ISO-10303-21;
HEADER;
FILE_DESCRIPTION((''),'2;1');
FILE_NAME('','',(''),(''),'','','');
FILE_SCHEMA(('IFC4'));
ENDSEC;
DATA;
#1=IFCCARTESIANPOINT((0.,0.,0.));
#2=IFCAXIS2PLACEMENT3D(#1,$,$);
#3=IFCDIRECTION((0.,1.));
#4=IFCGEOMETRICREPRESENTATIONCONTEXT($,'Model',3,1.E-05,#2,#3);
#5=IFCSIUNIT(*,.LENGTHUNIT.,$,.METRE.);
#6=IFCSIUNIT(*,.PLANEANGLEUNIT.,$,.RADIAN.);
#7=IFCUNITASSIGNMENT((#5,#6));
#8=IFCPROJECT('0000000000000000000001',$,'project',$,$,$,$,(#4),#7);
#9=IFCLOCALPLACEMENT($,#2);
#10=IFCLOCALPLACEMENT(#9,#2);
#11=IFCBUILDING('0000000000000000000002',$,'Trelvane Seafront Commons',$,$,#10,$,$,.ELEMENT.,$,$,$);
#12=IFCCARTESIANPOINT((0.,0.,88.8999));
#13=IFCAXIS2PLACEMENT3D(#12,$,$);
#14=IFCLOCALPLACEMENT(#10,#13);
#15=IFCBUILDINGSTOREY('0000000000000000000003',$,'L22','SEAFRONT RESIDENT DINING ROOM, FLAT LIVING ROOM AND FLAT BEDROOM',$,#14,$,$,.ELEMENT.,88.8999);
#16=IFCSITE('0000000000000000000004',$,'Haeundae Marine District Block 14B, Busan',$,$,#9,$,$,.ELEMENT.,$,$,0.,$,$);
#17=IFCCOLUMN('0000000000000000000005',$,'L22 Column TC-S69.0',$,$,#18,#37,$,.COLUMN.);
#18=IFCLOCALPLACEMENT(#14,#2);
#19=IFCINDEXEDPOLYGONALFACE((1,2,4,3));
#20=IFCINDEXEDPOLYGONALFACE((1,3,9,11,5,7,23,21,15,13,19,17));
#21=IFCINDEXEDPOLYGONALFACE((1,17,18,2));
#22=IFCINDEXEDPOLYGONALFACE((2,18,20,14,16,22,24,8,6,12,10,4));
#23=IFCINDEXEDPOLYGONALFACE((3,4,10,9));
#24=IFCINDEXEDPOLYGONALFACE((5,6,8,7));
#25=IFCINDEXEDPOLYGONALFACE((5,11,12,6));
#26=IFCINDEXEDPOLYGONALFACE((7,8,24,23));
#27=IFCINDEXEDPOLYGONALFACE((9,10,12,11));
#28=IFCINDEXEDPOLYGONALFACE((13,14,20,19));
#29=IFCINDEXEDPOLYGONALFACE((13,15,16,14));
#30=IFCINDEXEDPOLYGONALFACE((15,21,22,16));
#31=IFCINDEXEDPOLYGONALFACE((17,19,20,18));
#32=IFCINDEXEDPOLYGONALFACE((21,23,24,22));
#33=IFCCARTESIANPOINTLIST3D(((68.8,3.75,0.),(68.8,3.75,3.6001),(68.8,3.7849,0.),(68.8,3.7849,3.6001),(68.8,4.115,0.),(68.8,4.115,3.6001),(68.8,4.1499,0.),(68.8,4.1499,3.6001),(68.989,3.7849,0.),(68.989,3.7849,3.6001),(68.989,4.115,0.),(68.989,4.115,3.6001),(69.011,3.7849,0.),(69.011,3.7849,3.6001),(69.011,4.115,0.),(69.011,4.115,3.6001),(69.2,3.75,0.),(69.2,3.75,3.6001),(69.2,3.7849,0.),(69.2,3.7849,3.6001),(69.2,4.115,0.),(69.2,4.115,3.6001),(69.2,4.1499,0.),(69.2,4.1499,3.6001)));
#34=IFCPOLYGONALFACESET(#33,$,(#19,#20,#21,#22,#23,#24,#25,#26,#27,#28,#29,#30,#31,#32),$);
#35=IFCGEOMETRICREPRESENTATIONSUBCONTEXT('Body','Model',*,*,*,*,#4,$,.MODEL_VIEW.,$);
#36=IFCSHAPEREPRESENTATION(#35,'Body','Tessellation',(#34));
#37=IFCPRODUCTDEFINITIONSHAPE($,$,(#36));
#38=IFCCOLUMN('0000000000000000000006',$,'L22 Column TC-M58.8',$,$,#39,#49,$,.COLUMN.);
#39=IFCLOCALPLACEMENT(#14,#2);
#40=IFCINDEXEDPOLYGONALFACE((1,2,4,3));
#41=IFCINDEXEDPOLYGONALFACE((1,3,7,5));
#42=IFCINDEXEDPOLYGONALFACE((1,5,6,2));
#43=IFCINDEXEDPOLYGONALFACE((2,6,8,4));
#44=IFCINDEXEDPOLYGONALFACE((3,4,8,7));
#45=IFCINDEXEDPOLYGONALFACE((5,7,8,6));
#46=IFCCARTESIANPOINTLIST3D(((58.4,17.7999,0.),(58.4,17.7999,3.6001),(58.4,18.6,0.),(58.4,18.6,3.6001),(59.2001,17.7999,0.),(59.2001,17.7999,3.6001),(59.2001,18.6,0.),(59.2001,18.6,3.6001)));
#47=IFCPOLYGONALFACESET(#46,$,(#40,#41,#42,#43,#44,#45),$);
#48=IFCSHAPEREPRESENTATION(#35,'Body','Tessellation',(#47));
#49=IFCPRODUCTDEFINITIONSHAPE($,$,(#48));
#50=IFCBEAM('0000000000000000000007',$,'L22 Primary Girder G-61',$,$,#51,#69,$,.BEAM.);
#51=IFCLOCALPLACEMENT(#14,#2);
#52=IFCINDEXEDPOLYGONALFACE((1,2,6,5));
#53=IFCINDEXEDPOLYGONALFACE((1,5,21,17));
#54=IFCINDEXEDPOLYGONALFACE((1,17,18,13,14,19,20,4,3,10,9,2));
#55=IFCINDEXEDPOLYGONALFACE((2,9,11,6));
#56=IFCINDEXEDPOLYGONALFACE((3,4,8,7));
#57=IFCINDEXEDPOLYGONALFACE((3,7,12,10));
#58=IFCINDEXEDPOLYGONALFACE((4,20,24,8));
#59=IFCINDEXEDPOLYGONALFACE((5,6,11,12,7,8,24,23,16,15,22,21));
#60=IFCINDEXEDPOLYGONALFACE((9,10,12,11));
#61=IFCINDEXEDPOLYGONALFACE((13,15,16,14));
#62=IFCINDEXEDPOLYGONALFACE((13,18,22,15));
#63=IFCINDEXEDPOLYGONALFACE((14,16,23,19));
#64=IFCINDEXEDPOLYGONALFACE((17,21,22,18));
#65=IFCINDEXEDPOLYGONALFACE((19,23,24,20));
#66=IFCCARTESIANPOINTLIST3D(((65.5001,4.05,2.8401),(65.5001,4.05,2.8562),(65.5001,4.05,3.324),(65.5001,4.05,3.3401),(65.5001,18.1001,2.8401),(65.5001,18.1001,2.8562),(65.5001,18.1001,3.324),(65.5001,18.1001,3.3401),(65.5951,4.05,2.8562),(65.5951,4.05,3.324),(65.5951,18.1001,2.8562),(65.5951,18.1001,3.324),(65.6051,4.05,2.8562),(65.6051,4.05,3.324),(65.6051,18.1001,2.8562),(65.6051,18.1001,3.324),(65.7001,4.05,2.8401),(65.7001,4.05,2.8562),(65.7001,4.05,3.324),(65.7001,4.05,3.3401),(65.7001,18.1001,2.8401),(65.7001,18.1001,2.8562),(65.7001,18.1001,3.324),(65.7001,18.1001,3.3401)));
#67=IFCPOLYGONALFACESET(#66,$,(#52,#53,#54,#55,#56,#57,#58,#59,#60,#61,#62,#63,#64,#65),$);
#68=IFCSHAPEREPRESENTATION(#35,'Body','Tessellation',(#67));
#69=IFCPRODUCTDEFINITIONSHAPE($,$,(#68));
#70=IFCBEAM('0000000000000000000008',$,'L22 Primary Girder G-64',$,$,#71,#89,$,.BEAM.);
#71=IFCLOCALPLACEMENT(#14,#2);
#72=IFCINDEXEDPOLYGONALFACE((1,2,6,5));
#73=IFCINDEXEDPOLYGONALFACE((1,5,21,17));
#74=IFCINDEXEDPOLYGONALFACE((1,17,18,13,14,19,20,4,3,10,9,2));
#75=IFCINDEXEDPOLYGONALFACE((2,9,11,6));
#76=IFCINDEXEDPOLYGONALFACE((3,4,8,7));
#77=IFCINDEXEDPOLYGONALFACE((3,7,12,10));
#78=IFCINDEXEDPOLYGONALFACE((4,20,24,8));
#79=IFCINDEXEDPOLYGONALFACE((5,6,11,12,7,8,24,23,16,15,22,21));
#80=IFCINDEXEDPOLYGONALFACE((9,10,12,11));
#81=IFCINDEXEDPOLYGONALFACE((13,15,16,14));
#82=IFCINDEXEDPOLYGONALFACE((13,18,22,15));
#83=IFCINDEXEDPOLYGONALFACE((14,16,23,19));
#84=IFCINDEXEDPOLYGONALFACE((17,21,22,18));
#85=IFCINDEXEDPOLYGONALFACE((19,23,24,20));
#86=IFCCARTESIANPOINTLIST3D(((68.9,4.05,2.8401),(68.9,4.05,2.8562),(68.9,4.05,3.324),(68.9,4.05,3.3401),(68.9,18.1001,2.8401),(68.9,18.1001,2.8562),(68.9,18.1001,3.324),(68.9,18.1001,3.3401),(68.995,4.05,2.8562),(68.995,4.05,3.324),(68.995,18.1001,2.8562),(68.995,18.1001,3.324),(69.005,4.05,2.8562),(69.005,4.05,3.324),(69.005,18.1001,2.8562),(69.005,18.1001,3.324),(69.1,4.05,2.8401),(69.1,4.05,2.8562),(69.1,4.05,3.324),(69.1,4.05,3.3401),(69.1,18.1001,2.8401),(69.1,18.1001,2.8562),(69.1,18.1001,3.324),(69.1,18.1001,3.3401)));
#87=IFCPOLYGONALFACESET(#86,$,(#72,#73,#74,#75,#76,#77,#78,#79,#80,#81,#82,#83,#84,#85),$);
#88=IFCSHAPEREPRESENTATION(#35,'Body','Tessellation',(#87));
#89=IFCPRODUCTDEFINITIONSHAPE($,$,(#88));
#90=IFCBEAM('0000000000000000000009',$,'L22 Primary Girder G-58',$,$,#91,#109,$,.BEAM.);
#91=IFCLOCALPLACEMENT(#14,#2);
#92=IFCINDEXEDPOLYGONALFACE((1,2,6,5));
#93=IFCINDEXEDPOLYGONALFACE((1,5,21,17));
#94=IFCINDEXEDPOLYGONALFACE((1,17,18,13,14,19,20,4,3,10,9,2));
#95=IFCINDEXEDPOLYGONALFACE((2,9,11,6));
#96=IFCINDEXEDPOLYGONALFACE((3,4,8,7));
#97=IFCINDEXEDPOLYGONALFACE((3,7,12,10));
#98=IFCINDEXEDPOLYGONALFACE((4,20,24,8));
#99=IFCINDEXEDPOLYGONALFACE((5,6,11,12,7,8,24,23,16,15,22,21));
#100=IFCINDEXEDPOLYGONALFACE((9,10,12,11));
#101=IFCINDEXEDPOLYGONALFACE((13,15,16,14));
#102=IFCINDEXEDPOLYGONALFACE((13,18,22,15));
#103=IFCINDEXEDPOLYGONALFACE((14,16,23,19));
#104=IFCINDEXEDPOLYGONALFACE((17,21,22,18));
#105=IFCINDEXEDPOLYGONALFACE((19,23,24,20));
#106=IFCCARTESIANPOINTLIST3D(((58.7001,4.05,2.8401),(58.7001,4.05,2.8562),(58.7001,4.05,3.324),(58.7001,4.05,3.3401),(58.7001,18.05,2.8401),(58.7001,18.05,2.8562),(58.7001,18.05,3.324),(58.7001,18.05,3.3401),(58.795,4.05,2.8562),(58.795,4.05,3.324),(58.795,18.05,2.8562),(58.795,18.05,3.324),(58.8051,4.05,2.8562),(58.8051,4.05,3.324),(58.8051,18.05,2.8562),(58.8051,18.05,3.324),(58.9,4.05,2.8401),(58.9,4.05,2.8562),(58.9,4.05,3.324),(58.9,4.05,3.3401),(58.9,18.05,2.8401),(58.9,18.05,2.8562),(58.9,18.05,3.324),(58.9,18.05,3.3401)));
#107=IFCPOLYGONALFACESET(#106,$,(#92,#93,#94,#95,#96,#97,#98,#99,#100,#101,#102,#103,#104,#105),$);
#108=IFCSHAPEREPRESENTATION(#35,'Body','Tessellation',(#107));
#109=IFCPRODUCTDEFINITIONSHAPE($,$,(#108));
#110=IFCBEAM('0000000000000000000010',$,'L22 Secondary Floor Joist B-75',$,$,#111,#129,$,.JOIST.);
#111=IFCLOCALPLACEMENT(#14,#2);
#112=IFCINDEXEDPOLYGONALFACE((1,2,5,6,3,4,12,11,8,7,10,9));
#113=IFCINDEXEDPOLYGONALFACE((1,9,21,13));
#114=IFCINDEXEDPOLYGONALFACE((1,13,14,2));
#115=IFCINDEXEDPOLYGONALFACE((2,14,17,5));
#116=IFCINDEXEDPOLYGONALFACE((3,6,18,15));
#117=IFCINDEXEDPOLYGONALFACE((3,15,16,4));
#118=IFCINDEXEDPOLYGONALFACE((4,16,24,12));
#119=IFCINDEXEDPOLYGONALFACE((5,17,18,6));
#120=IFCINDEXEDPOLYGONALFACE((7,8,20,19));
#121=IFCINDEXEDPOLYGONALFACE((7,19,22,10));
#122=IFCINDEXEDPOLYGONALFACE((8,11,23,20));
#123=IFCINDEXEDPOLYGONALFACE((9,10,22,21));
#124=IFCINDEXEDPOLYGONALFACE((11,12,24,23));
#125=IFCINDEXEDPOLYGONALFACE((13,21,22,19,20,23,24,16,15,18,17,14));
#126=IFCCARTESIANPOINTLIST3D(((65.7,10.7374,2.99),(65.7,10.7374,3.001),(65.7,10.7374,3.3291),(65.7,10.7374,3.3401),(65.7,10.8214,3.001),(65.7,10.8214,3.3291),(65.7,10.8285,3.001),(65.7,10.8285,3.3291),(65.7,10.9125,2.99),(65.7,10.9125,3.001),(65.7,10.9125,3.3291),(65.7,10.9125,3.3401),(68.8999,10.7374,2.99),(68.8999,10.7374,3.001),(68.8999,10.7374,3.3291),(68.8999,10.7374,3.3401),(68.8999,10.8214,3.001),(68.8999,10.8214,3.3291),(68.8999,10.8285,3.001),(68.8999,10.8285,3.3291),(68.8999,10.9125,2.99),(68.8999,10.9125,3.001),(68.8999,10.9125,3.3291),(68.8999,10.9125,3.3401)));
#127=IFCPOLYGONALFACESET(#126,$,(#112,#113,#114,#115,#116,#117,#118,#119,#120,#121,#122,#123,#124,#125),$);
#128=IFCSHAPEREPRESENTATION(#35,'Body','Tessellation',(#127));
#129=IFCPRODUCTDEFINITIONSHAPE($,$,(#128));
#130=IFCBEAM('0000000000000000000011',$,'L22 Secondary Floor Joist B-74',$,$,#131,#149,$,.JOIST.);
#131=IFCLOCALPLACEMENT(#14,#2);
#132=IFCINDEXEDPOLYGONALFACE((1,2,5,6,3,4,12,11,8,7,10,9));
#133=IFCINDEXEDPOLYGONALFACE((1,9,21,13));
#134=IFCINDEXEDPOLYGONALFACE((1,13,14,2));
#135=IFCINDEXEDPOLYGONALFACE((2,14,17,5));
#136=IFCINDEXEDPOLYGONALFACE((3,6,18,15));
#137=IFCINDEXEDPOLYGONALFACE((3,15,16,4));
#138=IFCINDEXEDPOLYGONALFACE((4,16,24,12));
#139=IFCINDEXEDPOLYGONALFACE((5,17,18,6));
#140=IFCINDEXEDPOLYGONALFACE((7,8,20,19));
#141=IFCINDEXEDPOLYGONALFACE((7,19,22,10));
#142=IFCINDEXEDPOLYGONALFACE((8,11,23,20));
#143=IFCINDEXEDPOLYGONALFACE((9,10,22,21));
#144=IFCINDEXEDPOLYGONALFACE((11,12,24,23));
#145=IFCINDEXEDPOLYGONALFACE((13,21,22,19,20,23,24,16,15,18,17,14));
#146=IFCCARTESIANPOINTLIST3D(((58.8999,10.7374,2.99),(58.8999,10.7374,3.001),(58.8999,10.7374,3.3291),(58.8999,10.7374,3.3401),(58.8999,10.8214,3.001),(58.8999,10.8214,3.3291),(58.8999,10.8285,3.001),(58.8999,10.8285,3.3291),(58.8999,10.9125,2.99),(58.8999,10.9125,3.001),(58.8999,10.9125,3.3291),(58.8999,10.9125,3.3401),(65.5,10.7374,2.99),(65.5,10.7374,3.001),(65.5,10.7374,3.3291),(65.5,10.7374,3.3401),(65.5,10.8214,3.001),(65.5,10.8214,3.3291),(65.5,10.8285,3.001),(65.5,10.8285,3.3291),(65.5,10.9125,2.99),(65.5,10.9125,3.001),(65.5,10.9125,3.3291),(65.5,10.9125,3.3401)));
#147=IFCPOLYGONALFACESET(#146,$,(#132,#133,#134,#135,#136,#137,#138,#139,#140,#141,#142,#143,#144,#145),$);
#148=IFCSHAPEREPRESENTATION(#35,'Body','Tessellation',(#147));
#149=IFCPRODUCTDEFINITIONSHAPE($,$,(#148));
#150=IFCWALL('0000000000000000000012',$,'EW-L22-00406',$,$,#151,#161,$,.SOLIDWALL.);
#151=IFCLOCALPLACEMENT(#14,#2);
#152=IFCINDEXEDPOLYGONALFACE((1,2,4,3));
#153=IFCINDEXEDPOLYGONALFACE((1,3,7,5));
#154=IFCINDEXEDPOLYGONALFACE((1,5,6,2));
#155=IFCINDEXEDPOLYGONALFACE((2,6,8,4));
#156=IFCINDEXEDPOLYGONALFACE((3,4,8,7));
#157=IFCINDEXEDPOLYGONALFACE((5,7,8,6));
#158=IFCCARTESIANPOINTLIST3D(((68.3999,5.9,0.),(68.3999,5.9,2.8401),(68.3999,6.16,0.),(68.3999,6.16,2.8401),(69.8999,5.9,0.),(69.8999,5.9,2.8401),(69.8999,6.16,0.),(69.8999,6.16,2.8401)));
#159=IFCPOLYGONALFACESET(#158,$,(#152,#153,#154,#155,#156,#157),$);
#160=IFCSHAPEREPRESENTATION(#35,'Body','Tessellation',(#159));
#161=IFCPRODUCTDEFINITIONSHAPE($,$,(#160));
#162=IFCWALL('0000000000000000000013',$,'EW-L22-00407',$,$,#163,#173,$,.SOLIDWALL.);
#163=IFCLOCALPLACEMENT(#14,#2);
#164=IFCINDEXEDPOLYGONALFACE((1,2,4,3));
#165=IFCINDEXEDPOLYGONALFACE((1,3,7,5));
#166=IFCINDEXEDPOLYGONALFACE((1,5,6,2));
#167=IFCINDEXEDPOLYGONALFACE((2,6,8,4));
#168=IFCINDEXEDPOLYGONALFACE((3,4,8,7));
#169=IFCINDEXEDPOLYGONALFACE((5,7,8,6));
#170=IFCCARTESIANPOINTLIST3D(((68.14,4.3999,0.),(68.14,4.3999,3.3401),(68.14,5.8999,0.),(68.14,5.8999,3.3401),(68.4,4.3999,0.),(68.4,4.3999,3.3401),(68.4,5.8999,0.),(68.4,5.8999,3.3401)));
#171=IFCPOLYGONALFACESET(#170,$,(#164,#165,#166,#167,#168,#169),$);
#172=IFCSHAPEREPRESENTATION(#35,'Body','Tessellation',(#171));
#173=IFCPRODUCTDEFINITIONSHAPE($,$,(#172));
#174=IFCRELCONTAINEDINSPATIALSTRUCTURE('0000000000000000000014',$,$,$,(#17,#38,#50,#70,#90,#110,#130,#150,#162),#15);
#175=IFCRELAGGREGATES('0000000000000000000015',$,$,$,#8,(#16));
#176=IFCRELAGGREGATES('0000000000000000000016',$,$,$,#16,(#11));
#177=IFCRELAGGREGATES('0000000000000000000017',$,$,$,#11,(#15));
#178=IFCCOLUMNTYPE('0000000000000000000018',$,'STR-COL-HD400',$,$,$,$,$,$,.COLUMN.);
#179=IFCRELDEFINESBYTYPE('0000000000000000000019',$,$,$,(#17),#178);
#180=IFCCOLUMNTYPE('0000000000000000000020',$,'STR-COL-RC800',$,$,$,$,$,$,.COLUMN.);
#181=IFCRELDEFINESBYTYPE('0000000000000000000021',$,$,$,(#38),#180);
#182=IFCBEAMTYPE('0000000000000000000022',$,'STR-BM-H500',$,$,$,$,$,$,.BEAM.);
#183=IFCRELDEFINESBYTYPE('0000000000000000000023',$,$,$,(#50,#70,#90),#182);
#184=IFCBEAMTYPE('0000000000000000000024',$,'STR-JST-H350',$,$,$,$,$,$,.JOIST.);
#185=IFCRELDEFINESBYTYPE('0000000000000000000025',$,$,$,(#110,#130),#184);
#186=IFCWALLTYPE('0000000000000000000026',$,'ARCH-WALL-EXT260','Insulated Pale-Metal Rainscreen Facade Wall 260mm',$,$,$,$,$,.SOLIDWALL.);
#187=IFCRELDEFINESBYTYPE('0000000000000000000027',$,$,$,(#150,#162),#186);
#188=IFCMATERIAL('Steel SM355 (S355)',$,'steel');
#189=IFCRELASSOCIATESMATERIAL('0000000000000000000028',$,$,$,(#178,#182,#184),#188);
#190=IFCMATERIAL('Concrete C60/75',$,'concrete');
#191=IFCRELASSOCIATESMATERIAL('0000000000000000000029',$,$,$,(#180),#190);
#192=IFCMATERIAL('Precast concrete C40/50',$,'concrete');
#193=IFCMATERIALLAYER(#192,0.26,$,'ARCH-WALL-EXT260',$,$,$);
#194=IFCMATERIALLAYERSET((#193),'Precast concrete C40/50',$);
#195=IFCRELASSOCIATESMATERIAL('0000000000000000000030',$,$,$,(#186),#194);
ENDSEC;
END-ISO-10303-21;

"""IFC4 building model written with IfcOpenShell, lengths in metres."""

from ifc_helpers import new_model, si_unit, direction, frame, frame_2d, origin, origin_2d, place, context, subcontext, project, spatial, rectangle, i_section, extrude, source, transform, mapped, material, layer, layer_set, material_profile, profile_set, type_object, element, save


model = new_model("IFC4")

# Units and contexts
model_context = context("Model", 3, precision=1e-05, world=origin(), true_north=direction((0.0, 1.0)))
body_context = subcontext(model_context, "Body", "Model", "MODEL_VIEW")
ifc_project = project(units=[si_unit("LENGTHUNIT", "METRE"), si_unit("PLANEANGLEUNIT", "RADIAN")], contexts=[model_context])

# Site, building, storey
site_placement = place(None, origin())
site = spatial("IfcSite", under=ifc_project, at=site_placement, Name="Haeundae Marine District Block 14B, Busan", CompositionType="ELEMENT", RefElevation=0.0)
building_placement = place(site_placement, origin())
building = spatial("IfcBuilding", under=site, at=building_placement, Name="Trelvane Seafront Commons", CompositionType="ELEMENT")
storey_placement = place(building_placement, frame((0.0, 0.0, 88.8999)))
storey = spatial("IfcBuildingStorey", under=building, at=storey_placement, Name="L22", Description="SEAFRONT RESIDENT DINING ROOM, FLAT LIVING ROOM AND FLAT BEDROOM", CompositionType="ELEMENT", Elevation=88.8999)

# Columns
ifc_material_1 = material(Name="Steel SM355 (S355)", Category="steel")
ifc_material_profile_1 = material_profile(ifc_material_1, i_section(OverallWidth=0.3999, OverallDepth=0.3999, WebThickness=0.022, FlangeThickness=0.0349, at=origin_2d()), Name="HD-400x400x22x35")
ifc_profile_set_1 = profile_set([ifc_material_profile_1], Name="Steel SM355 (S355)")
column_type_1 = type_object("IfcColumnType", Name="STR-COL-HD400", PredefinedType="COLUMN", material=ifc_profile_set_1)
shared_shape_1 = source(origin(), body_context, "Body", "SweptSolid", [
    extrude(i_section(OverallWidth=0.3999, OverallDepth=0.3999, WebThickness=0.022, FlangeThickness=0.0349, at=origin_2d()), origin(), (0.0, 0.0, 1.0), 3.6001),
])
column_1_placement = place(storey_placement, frame((69.0, 3.95, 0.0), z_axis=(0.0, 0.0, 1.0), x_axis=(1.0, 0.0, 0.0)))
element("IfcColumn", 1, at=column_1_placement, inside=storey, type_object=column_type_1, Name="L22 Column TC-S69.0", PredefinedType="COLUMN", context=body_context, shape_type="MappedRepresentation", body=[
    mapped(shared_shape_1, transform((0.0, 0.0, 0.0), x_axis=(1.0, 0.0, 0.0), y_axis=(0.0, 1.0, 0.0), z_axis=(0.0, 0.0, 1.0), scale=1.0)),
])
ifc_material_2 = material(Name="Concrete C60/75", Category="concrete")
ifc_material_profile_2 = material_profile(ifc_material_2, rectangle(XDim=0.8, YDim=0.8, at=origin_2d()), Name="RC-800x800")
ifc_profile_set_2 = profile_set([ifc_material_profile_2], Name="Concrete C60/75")
column_type_2 = type_object("IfcColumnType", Name="STR-COL-RC800", PredefinedType="COLUMN", material=ifc_profile_set_2)
shared_shape_2 = source(origin(), body_context, "Body", "SweptSolid", [
    extrude(rectangle(XDim=0.8, YDim=0.8, at=origin_2d()), origin(), (0.0, 0.0, 1.0), 3.6001),
])
column_2_placement = place(storey_placement, frame((58.8, 18.2, 0.0), z_axis=(0.0, 0.0, 1.0), x_axis=(1.0, 0.0, 0.0)))
element("IfcColumn", 2, at=column_2_placement, inside=storey, type_object=column_type_2, Name="L22 Column TC-M58.8", PredefinedType="COLUMN", context=body_context, shape_type="MappedRepresentation", body=[
    mapped(shared_shape_2, transform((0.0, 0.0, 0.0), x_axis=(1.0, 0.0, 0.0), y_axis=(0.0, 1.0, 0.0), z_axis=(0.0, 0.0, 1.0), scale=1.0)),
])

# Beams
ifc_material_profile_3 = material_profile(ifc_material_1, i_section(OverallWidth=0.2, OverallDepth=0.5, WebThickness=0.01, FlangeThickness=0.0161, at=origin_2d()), Name="H-500x200x10x16")
ifc_profile_set_3 = profile_set([ifc_material_profile_3], Name="Steel SM355 (S355)")
beam_type_1 = type_object("IfcBeamType", Name="STR-BM-H500", PredefinedType="BEAM", material=ifc_profile_set_3)
shared_shape_3 = source(origin(), body_context, "Body", "SweptSolid", [
    extrude(i_section(OverallWidth=0.2, OverallDepth=0.5, WebThickness=0.01, FlangeThickness=0.0161, at=origin_2d()), origin(), (0.0, 0.0, 1.0), 14.05),
])
for number, where, z_axis, x_axis, name in (
    (3, (65.6001, 4.05, 3.0901), (0.0, 1.0, 0.0), (-1.0, 0.0, 0.0), "L22 Primary Girder G-61"),
    (4, (69.0, 4.05, 3.0901), (0.0, 1.0, 0.0), (-1.0, 0.0, 0.0), "L22 Primary Girder G-64"),
):
    element("IfcBeam", number, at=place(storey_placement, frame(where, z_axis=z_axis, x_axis=x_axis)), inside=storey, type_object=beam_type_1, Name=name, PredefinedType="BEAM", context=body_context, shape_type="MappedRepresentation", body=[
        mapped(shared_shape_3, transform((0.0, 0.0, 0.0), x_axis=(1.0, 0.0, 0.0), y_axis=(0.0, 1.0, 0.0), z_axis=(0.0, 0.0, 1.0), scale=1.0)),
    ])
shared_shape_4 = source(origin(), body_context, "Body", "SweptSolid", [
    extrude(i_section(OverallWidth=0.2, OverallDepth=0.5, WebThickness=0.01, FlangeThickness=0.0161, at=origin_2d()), origin(), (0.0, 0.0, 1.0), 14.0),
])
beam_1_placement = place(storey_placement, frame((58.8, 4.05, 3.0901), z_axis=(0.0, 1.0, 0.0), x_axis=(-1.0, 0.0, 0.0)))
element("IfcBeam", 5, at=beam_1_placement, inside=storey, type_object=beam_type_1, Name="L22 Primary Girder G-58", PredefinedType="BEAM", context=body_context, shape_type="MappedRepresentation", body=[
    mapped(shared_shape_4, transform((0.0, 0.0, 0.0), x_axis=(1.0, 0.0, 0.0), y_axis=(0.0, 1.0, 0.0), z_axis=(0.0, 0.0, 1.0), scale=1.0)),
])
ifc_material_profile_4 = material_profile(ifc_material_1, i_section(OverallWidth=0.175, OverallDepth=0.3501, WebThickness=0.0071, FlangeThickness=0.011, at=origin_2d()), Name="H-350x175x7x11")
ifc_profile_set_4 = profile_set([ifc_material_profile_4], Name="Steel SM355 (S355)")
beam_type_2 = type_object("IfcBeamType", Name="STR-JST-H350", PredefinedType="JOIST", material=ifc_profile_set_4)
shared_shape_5 = source(origin(), body_context, "Body", "SweptSolid", [
    extrude(i_section(OverallWidth=0.175, OverallDepth=0.3501, WebThickness=0.0071, FlangeThickness=0.011, at=origin_2d()), origin(), (0.0, 0.0, 1.0), 3.2),
])
beam_2_placement = place(storey_placement, frame((65.7, 10.825, 3.165), z_axis=(1.0, 0.0, 0.0), x_axis=(0.0, 1.0, 0.0)))
element("IfcBeam", 6, at=beam_2_placement, inside=storey, type_object=beam_type_2, Name="L22 Secondary Floor Joist B-75", PredefinedType="JOIST", context=body_context, shape_type="MappedRepresentation", body=[
    mapped(shared_shape_5, transform((0.0, 0.0, 0.0), x_axis=(1.0, 0.0, 0.0), y_axis=(0.0, 1.0, 0.0), z_axis=(0.0, 0.0, 1.0), scale=1.0)),
])
shared_shape_6 = source(origin(), body_context, "Body", "SweptSolid", [
    extrude(i_section(OverallWidth=0.175, OverallDepth=0.3501, WebThickness=0.0071, FlangeThickness=0.011, at=origin_2d()), origin(), (0.0, 0.0, 1.0), 6.6001),
])
beam_3_placement = place(storey_placement, frame((58.8999, 10.825, 3.165), z_axis=(1.0, 0.0, 0.0), x_axis=(0.0, 1.0, 0.0)))
element("IfcBeam", 7, at=beam_3_placement, inside=storey, type_object=beam_type_2, Name="L22 Secondary Floor Joist B-74", PredefinedType="JOIST", context=body_context, shape_type="MappedRepresentation", body=[
    mapped(shared_shape_6, transform((0.0, 0.0, 0.0), x_axis=(1.0, 0.0, 0.0), y_axis=(0.0, 1.0, 0.0), z_axis=(0.0, 0.0, 1.0), scale=1.0)),
])

# Walls
ifc_material_3 = material(Name="Precast concrete C40/50", Category="concrete")
ifc_layer_1 = layer(ifc_material_3, 0.26, Name="ARCH-WALL-EXT260")
ifc_layer_set_1 = layer_set([ifc_layer_1], Name="Precast concrete C40/50")
wall_type_1 = type_object("IfcWallType", Name="ARCH-WALL-EXT260", Description="Insulated Pale-Metal Rainscreen Facade Wall 260mm", PredefinedType="SOLIDWALL", material=ifc_layer_set_1)
wall_1_placement = place(storey_placement, frame((69.8999, 6.03, 0.0), z_axis=(0.0, 0.0, 1.0), x_axis=(-1.0, 0.0, 0.0)))
element("IfcWall", 8, at=wall_1_placement, inside=storey, type_object=wall_type_1, Name="EW-L22-00406", PredefinedType="SOLIDWALL", context=body_context, shape_type="SweptSolid", body=[
    extrude(rectangle(XDim=1.5, YDim=0.26, at=frame_2d((0.75, 0.0))), origin(), (0.0, 0.0, 1.0), 2.8401),
])
for number, where, z_axis, x_axis, name in (
    (9, (68.27, 5.8999, 0.0), (0.0, 0.0, 1.0), (0.0, -1.0, 0.0), "EW-L22-00407"),
):
    element("IfcWall", number, at=place(storey_placement, frame(where, z_axis=z_axis, x_axis=x_axis)), inside=storey, type_object=wall_type_1, Name=name, PredefinedType="SOLIDWALL", context=body_context, shape_type="SweptSolid", body=[
        extrude(rectangle(XDim=1.5, YDim=0.26, at=frame_2d((0.75, 0.0))), origin(), (0.0, 0.0, 1.0), 3.3401),
    ])

save(model, "model.ifc")
